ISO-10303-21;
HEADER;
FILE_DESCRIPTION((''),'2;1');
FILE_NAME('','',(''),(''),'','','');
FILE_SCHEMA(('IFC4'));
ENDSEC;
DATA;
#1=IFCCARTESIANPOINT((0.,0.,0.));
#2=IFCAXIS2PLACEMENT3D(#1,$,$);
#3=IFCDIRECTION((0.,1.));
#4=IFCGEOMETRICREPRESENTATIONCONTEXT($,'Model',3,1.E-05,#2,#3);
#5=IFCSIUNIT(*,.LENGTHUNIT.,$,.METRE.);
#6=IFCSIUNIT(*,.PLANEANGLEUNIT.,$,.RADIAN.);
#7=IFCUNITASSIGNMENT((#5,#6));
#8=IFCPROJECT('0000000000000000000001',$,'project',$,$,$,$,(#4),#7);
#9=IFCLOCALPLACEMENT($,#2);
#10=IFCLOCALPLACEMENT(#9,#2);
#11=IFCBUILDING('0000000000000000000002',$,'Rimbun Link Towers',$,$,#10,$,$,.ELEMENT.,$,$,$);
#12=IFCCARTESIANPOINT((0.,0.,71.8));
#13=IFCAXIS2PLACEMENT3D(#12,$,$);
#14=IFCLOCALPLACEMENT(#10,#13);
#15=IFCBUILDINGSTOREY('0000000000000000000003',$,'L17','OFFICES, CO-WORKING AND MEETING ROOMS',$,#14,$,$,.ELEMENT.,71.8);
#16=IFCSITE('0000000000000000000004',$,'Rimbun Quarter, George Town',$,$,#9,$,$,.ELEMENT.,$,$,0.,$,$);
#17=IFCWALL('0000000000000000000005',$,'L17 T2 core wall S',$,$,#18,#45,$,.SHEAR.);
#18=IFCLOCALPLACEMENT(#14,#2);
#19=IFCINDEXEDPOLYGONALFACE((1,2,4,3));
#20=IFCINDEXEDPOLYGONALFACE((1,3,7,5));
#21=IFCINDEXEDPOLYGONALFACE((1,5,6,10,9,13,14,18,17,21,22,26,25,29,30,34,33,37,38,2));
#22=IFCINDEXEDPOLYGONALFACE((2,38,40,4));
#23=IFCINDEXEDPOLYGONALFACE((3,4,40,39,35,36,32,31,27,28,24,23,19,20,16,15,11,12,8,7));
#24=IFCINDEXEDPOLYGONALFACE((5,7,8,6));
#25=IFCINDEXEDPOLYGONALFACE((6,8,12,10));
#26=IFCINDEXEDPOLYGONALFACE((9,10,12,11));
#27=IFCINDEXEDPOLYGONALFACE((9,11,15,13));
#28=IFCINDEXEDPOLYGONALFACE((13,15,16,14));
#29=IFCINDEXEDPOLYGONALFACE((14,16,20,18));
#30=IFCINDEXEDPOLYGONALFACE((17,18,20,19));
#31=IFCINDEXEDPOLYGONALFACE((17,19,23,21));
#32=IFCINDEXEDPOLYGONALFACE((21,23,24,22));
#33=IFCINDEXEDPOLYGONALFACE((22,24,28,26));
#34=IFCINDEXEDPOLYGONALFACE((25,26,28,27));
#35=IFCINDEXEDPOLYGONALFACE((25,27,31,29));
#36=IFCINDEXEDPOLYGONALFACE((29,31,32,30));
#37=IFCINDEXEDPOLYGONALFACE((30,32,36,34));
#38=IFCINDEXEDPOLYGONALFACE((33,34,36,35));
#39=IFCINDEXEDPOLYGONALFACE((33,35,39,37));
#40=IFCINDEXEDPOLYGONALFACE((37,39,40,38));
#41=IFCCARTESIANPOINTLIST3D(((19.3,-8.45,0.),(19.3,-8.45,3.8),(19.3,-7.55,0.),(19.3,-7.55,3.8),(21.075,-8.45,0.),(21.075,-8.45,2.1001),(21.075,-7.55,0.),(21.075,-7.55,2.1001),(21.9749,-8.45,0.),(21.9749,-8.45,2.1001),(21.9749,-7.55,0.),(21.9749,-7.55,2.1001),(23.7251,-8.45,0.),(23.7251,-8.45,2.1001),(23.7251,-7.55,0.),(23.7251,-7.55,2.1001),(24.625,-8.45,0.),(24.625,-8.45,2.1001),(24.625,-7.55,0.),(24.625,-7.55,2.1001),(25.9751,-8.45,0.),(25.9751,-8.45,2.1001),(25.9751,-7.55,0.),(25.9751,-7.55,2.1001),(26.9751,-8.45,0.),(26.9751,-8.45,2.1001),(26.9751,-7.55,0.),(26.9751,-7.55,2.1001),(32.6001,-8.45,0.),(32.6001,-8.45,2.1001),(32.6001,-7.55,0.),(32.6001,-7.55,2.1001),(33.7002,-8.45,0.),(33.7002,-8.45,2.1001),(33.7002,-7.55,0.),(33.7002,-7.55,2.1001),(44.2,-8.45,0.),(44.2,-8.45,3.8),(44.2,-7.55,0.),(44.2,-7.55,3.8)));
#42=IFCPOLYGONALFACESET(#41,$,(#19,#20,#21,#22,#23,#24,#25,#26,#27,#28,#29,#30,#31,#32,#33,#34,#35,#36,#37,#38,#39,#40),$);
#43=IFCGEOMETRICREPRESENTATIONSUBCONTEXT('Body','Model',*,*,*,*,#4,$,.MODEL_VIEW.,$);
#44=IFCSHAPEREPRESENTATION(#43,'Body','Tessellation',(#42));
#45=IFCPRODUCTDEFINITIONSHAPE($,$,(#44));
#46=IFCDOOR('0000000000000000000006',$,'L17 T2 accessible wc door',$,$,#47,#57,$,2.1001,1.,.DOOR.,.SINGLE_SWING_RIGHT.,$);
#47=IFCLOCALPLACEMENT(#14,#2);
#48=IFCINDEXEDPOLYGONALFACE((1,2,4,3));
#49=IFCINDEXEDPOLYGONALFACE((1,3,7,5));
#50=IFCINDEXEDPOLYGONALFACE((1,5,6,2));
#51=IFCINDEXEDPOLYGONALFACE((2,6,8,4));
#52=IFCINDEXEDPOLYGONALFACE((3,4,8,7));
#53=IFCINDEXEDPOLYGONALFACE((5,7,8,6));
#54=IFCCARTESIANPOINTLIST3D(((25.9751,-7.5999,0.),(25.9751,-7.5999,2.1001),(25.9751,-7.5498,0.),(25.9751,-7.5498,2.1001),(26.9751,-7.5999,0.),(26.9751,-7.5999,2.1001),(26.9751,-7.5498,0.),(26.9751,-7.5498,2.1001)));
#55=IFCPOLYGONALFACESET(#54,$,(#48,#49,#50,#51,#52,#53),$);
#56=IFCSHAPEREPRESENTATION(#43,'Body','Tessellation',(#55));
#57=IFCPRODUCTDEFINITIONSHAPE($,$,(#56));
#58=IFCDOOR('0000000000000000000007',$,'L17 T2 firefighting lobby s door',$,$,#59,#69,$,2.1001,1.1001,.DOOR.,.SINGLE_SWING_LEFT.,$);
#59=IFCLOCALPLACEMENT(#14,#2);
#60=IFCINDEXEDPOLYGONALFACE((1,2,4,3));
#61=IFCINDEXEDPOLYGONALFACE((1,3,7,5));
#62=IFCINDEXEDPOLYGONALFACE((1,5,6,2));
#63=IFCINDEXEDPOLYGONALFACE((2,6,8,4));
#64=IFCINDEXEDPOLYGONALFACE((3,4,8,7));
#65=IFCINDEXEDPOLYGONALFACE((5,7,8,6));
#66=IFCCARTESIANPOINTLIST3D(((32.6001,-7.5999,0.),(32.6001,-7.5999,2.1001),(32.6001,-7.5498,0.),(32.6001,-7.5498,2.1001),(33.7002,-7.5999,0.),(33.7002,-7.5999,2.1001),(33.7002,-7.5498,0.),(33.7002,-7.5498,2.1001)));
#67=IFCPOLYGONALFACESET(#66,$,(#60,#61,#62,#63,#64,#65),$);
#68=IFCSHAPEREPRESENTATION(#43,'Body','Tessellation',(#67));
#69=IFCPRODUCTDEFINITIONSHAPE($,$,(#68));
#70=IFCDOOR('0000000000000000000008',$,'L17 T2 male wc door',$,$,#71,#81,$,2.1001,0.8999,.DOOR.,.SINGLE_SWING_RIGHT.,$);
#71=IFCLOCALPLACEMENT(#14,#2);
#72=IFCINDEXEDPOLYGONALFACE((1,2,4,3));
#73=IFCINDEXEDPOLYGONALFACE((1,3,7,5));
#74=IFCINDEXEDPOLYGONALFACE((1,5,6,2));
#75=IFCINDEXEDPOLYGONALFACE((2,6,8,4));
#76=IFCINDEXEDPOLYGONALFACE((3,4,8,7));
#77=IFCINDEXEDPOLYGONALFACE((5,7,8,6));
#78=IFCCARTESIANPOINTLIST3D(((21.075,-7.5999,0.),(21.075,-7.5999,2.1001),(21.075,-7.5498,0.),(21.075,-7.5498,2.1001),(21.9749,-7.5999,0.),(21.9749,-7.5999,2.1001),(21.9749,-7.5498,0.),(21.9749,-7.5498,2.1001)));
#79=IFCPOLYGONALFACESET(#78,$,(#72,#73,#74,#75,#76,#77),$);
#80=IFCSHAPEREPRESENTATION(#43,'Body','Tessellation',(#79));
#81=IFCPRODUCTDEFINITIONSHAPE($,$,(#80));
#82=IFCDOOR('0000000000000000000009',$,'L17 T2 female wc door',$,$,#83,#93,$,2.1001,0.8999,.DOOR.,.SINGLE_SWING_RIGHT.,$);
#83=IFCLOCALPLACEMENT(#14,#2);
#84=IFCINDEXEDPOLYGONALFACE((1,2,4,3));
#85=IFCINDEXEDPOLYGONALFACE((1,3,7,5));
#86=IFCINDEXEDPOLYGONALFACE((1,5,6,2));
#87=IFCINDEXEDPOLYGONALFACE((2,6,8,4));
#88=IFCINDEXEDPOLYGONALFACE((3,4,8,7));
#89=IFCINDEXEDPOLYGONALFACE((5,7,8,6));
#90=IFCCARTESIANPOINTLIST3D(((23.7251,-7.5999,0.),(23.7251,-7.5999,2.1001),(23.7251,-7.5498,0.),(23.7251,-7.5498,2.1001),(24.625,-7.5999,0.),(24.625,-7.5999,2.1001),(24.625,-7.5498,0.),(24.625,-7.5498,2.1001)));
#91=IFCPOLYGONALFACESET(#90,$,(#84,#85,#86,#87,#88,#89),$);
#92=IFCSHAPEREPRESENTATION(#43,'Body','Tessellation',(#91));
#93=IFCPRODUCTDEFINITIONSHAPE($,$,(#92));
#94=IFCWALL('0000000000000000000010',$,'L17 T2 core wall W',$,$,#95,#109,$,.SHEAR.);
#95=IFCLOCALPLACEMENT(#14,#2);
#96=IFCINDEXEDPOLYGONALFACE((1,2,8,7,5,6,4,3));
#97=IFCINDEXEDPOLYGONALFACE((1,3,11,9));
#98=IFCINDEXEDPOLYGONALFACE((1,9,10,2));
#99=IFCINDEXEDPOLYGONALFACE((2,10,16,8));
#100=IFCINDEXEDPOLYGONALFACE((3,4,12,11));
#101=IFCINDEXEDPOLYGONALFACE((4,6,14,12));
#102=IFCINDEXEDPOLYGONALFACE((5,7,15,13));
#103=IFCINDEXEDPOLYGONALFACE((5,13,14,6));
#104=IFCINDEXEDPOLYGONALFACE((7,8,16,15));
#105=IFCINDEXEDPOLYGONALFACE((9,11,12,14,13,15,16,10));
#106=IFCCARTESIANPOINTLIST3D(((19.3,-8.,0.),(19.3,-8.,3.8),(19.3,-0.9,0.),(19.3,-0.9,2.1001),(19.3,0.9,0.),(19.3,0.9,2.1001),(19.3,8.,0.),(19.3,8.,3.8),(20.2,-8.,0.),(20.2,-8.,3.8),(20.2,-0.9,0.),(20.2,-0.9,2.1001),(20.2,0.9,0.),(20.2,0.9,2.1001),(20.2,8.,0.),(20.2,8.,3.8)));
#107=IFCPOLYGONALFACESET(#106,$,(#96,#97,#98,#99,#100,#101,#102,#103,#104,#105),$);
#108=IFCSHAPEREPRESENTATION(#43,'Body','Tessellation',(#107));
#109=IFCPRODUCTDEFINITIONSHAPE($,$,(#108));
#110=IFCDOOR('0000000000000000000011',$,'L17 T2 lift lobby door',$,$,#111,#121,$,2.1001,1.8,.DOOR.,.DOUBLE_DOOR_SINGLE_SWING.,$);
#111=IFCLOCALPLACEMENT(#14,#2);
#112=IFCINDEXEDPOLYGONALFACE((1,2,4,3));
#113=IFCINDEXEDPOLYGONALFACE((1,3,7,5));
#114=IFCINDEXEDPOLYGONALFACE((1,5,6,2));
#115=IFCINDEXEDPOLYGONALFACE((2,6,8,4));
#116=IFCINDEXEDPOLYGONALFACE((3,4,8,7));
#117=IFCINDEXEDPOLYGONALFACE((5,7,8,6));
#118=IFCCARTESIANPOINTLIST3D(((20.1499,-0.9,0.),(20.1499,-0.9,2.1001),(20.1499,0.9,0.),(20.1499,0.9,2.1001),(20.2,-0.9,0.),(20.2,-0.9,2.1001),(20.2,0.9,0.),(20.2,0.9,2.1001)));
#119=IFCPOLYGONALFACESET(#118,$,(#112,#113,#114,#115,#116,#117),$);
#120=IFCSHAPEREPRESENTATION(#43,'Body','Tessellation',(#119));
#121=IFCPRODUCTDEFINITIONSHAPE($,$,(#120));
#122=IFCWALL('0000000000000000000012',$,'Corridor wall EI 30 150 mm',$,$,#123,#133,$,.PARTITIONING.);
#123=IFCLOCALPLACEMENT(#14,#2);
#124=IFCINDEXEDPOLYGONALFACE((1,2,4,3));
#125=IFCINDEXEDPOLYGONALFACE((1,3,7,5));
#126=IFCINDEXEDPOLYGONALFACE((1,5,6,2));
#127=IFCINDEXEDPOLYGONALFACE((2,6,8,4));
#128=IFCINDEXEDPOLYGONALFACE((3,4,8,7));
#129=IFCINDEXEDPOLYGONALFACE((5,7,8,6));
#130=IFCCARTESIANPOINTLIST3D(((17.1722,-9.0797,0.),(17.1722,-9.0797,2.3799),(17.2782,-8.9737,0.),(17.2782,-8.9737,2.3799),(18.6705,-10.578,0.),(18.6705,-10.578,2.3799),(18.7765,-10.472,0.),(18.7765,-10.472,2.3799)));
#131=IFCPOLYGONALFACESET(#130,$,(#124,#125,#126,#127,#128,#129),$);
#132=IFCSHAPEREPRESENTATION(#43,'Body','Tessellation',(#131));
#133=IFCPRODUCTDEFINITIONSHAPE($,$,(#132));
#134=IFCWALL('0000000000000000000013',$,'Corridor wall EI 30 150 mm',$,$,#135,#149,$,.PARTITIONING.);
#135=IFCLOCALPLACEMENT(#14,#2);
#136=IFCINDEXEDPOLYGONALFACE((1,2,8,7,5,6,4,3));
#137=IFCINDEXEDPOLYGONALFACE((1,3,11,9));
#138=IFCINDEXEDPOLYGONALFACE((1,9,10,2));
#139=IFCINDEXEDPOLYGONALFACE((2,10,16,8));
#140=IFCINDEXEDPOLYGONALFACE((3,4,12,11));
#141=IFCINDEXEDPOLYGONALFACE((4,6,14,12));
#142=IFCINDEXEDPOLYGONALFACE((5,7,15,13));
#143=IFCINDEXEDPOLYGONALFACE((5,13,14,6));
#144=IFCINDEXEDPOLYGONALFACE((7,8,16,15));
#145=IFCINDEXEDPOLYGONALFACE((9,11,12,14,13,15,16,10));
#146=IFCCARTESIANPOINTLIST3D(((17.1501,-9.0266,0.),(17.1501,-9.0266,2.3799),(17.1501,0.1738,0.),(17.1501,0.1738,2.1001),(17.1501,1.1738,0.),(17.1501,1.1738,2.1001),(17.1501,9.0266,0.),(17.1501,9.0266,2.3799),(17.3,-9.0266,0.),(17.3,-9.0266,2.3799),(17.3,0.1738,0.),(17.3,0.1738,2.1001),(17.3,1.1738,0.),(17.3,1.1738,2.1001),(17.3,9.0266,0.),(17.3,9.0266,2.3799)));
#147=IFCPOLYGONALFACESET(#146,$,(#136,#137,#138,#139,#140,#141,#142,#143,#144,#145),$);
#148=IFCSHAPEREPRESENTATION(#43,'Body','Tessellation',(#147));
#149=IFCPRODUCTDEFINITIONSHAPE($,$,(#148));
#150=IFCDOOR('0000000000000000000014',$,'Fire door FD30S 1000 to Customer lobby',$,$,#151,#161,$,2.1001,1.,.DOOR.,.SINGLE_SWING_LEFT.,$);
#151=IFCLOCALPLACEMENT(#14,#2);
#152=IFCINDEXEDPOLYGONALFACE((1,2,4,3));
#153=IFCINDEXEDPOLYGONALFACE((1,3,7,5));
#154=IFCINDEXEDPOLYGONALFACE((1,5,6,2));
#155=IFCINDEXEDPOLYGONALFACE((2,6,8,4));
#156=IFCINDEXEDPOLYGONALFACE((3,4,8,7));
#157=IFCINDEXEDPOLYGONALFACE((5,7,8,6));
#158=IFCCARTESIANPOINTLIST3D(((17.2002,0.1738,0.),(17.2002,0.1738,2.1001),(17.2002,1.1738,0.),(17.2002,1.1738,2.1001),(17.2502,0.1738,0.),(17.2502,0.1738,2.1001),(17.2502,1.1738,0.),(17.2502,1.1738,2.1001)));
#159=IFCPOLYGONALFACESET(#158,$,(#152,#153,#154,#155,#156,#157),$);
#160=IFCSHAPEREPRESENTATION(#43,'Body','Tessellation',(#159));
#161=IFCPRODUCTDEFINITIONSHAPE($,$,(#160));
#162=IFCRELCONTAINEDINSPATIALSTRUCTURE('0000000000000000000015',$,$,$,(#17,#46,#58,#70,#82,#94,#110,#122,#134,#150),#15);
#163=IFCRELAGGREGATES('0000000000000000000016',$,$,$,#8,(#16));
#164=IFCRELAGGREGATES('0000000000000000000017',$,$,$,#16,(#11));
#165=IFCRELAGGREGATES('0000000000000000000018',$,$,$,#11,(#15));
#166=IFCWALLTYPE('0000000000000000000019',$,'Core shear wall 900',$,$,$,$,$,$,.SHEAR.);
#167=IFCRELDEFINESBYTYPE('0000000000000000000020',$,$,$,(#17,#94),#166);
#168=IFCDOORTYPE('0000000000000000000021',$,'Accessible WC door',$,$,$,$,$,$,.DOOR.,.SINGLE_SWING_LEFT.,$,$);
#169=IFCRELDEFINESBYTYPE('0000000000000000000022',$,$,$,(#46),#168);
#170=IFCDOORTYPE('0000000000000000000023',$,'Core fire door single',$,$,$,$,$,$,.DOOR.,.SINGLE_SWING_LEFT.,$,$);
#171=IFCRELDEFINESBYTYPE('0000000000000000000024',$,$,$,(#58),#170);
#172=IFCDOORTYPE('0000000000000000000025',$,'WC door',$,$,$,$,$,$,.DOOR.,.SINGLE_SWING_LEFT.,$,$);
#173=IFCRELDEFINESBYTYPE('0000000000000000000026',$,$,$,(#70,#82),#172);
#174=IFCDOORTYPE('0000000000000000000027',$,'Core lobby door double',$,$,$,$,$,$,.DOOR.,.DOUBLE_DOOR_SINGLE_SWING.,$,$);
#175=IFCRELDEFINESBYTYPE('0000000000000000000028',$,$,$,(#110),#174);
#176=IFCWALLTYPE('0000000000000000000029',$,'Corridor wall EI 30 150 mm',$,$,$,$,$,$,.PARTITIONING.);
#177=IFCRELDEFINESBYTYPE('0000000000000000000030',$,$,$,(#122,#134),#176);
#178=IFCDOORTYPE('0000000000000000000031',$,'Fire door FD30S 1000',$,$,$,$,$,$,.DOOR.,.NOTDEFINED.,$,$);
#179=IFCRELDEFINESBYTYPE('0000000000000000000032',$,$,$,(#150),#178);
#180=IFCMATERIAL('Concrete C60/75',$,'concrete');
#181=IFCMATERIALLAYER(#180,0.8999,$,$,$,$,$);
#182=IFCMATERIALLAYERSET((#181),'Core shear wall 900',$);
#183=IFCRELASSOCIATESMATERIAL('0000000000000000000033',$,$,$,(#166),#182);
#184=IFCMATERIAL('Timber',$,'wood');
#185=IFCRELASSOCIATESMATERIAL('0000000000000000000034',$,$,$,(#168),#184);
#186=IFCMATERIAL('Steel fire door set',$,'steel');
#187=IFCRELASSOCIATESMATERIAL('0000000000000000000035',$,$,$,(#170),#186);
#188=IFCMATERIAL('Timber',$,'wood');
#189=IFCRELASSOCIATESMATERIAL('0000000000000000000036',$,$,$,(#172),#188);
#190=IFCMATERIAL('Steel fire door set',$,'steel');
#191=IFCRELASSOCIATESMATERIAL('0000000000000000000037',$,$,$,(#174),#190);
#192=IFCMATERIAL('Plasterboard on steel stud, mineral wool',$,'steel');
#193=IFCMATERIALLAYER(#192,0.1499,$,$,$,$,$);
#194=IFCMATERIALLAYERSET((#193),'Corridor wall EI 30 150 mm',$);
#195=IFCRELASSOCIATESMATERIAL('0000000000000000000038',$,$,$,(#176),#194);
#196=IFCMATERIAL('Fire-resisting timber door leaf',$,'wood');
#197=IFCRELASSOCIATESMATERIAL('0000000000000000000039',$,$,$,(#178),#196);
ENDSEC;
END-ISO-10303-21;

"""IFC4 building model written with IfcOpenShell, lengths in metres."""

from ifc_helpers import new_model, si_unit, direction, frame, frame_2d, origin, place, context, subcontext, project, spatial, rectangle, extrude, material, layer, layer_set, type_object, element, fill, save


model = new_model("IFC4")

# Units and contexts
model_context = context("Model", 3, precision=1e-05, world=origin(), true_north=direction((0.0, 1.0)))
body_context = subcontext(model_context, "Body", "Model", "MODEL_VIEW")
ifc_project = project(units=[si_unit("LENGTHUNIT", "METRE"), si_unit("PLANEANGLEUNIT", "RADIAN")], contexts=[model_context])

# Site, building, storey
site_placement = place(None, origin())
site = spatial("IfcSite", under=ifc_project, at=site_placement, Name="Rimbun Quarter, George Town", CompositionType="ELEMENT", RefElevation=0.0)
building_placement = place(site_placement, origin())
building = spatial("IfcBuilding", under=site, at=building_placement, Name="Rimbun Link Towers", CompositionType="ELEMENT")
storey_placement = place(building_placement, frame((0.0, 0.0, 71.8)))
storey = spatial("IfcBuildingStorey", under=building, at=storey_placement, Name="L17", Description="OFFICES, CO-WORKING AND MEETING ROOMS", CompositionType="ELEMENT", Elevation=71.8)

# Wall, openings, doors
ifc_material_1 = material(Name="Concrete C60/75", Category="concrete")
ifc_layer_1 = layer(ifc_material_1, 0.8999)
ifc_layer_set_1 = layer_set([ifc_layer_1], Name="Core shear wall 900")
wall_type_1 = type_object("IfcWallType", Name="Core shear wall 900", PredefinedType="SHEAR", material=ifc_layer_set_1)
wall_1_placement = place(storey_placement, frame((19.3, -8.0, 0.0), z_axis=(0.0, 0.0, 1.0), x_axis=(1.0, 0.0, 0.0)))
wall_1 = element("IfcWall", 1, at=wall_1_placement, inside=storey, type_object=wall_type_1, Name="L17 T2 core wall S", PredefinedType="SHEAR", context=body_context, shape_type="SweptSolid", body=[
    extrude(rectangle(XDim=24.8999, YDim=0.8999, at=frame_2d((12.45, 0.0))), origin(), (0.0, 0.0, 1.0), 3.8),
])
opening_1_placement = place(wall_1_placement, frame((13.3, 0.0, 0.0)))
opening_1 = element("IfcOpeningElement", 2, at=opening_1_placement, cuts=wall_1, PredefinedType="OPENING", context=body_context, shape_type="SweptSolid", body=[
    extrude(rectangle(XDim=1.1001, YDim=2.1001, at=frame_2d((0.55, 1.05))), frame((0.0, 0.46, 0.0), z_axis=(0.0, -1.0, 0.0), x_axis=(1.0, 0.0, 0.0)), (0.0, 0.0, 1.0), 0.9199),
])
opening_2_placement = place(wall_1_placement, frame((1.7749, 0.0, 0.0)))
opening_2 = element("IfcOpeningElement", 3, at=opening_2_placement, cuts=wall_1, PredefinedType="OPENING", context=body_context, shape_type="SweptSolid", body=[
    extrude(rectangle(XDim=0.8999, YDim=2.1001, at=frame_2d((0.45, 1.05))), frame((0.0, 0.46, 0.0), z_axis=(0.0, -1.0, 0.0), x_axis=(1.0, 0.0, 0.0)), (0.0, 0.0, 1.0), 0.9199),
])
opening_3_placement = place(wall_1_placement, frame((4.425, 0.0, 0.0)))
opening_3 = element("IfcOpeningElement", 4, at=opening_3_placement, cuts=wall_1, PredefinedType="OPENING", context=body_context, shape_type="SweptSolid", body=[
    extrude(rectangle(XDim=0.8999, YDim=2.1001, at=frame_2d((0.45, 1.05))), frame((0.0, 0.46, 0.0), z_axis=(0.0, -1.0, 0.0), x_axis=(1.0, 0.0, 0.0)), (0.0, 0.0, 1.0), 0.9199),
])
opening_4_placement = place(wall_1_placement, frame((6.675, 0.0, 0.0)))
opening_4 = element("IfcOpeningElement", 5, at=opening_4_placement, cuts=wall_1, PredefinedType="OPENING", context=body_context, shape_type="SweptSolid", body=[
    extrude(rectangle(XDim=1.0, YDim=2.1001, at=frame_2d((0.5, 1.05))), frame((0.0, 0.46, 0.0), z_axis=(0.0, -1.0, 0.0), x_axis=(1.0, 0.0, 0.0)), (0.0, 0.0, 1.0), 0.9199),
])
ifc_material_2 = material(Name="Timber", Category="wood")
door_type_1 = type_object("IfcDoorType", Name="Accessible WC door", OperationType="SINGLE_SWING_LEFT", PredefinedType="DOOR", material=ifc_material_2)
door_1_placement = place(opening_4_placement, origin())
door_1 = element("IfcDoor", 6, at=door_1_placement, inside=storey, type_object=door_type_1, Name="L17 T2 accessible wc door", OperationType="SINGLE_SWING_RIGHT", OverallHeight=2.1001, OverallWidth=1.0, PredefinedType="DOOR", context=body_context, shape_type="SweptSolid", body=[
    extrude(rectangle(XDim=1.0, YDim=2.1001, at=frame_2d((0.5, 1.05))), frame((0.0, 0.4502, 0.0), z_axis=(0.0, -1.0, 0.0), x_axis=(1.0, 0.0, 0.0)), (0.0, 0.0, 1.0), 0.05),
])
fill(opening_4, door_1)
ifc_material_3 = material(Name="Steel fire door set", Category="steel")
door_type_2 = type_object("IfcDoorType", Name="Core fire door single", OperationType="SINGLE_SWING_LEFT", PredefinedType="DOOR", material=ifc_material_3)
door_2_placement = place(opening_1_placement, origin())
door_2 = element("IfcDoor", 7, at=door_2_placement, inside=storey, type_object=door_type_2, Name="L17 T2 firefighting lobby s door", OperationType="SINGLE_SWING_LEFT", OverallHeight=2.1001, OverallWidth=1.1001, PredefinedType="DOOR", context=body_context, shape_type="SweptSolid", body=[
    extrude(rectangle(XDim=1.1001, YDim=2.1001, at=frame_2d((0.55, 1.05))), frame((0.0, 0.4502, 0.0), z_axis=(0.0, -1.0, 0.0), x_axis=(1.0, 0.0, 0.0)), (0.0, 0.0, 1.0), 0.05),
])
fill(opening_1, door_2)
ifc_material_4 = material(Name="Timber", Category="wood")
door_type_3 = type_object("IfcDoorType", Name="WC door", OperationType="SINGLE_SWING_LEFT", PredefinedType="DOOR", material=ifc_material_4)
door_3_placement = place(opening_2_placement, origin())
door_3 = element("IfcDoor", 8, at=door_3_placement, inside=storey, type_object=door_type_3, Name="L17 T2 male wc door", OperationType="SINGLE_SWING_RIGHT", OverallHeight=2.1001, OverallWidth=0.8999, PredefinedType="DOOR", context=body_context, shape_type="SweptSolid", body=[
    extrude(rectangle(XDim=0.8999, YDim=2.1001, at=frame_2d((0.45, 1.05))), frame((0.0, 0.4502, 0.0), z_axis=(0.0, -1.0, 0.0), x_axis=(1.0, 0.0, 0.0)), (0.0, 0.0, 1.0), 0.05),
])
fill(opening_2, door_3)
door_4_placement = place(opening_3_placement, origin())
door_4 = element("IfcDoor", 9, at=door_4_placement, inside=storey, type_object=door_type_3, Name="L17 T2 female wc door", OperationType="SINGLE_SWING_RIGHT", OverallHeight=2.1001, OverallWidth=0.8999, PredefinedType="DOOR", context=body_context, shape_type="SweptSolid", body=[
    extrude(rectangle(XDim=0.8999, YDim=2.1001, at=frame_2d((0.45, 1.05))), frame((0.0, 0.4502, 0.0), z_axis=(0.0, -1.0, 0.0), x_axis=(1.0, 0.0, 0.0)), (0.0, 0.0, 1.0), 0.05),
])
fill(opening_3, door_4)

# Wall, opening, door
wall_2_placement = place(storey_placement, frame((19.75, -8.0, 0.0), z_axis=(0.0, 0.0, 1.0), x_axis=(0.0, 1.0, 0.0)))
wall_2 = element("IfcWall", 10, at=wall_2_placement, inside=storey, type_object=wall_type_1, Name="L17 T2 core wall W", PredefinedType="SHEAR", context=body_context, shape_type="SweptSolid", body=[
    extrude(rectangle(XDim=16.0, YDim=0.8999, at=frame_2d((8.0, 0.0))), origin(), (0.0, 0.0, 1.0), 3.8),
])
opening_5_placement = place(wall_2_placement, frame((7.1001, 0.0, 0.0)))
opening_5 = element("IfcOpeningElement", 11, at=opening_5_placement, cuts=wall_2, PredefinedType="OPENING", context=body_context, shape_type="SweptSolid", body=[
    extrude(rectangle(XDim=1.8, YDim=2.1001, at=frame_2d((0.8999, 1.05))), frame((0.0, 0.46, 0.0), z_axis=(0.0, -1.0, 0.0), x_axis=(1.0, 0.0, 0.0)), (0.0, 0.0, 1.0), 0.9199),
])
ifc_material_5 = material(Name="Steel fire door set", Category="steel")
door_type_4 = type_object("IfcDoorType", Name="Core lobby door double", OperationType="DOUBLE_DOOR_SINGLE_SWING", PredefinedType="DOOR", material=ifc_material_5)
door_5_placement = place(opening_5_placement, origin())
door_5 = element("IfcDoor", 12, at=door_5_placement, inside=storey, type_object=door_type_4, Name="L17 T2 lift lobby door", OperationType="DOUBLE_DOOR_SINGLE_SWING", OverallHeight=2.1001, OverallWidth=1.8, PredefinedType="DOOR", context=body_context, shape_type="SweptSolid", body=[
    extrude(rectangle(XDim=1.8, YDim=2.1001, at=frame_2d((0.8999, 1.05))), frame((0.0, -0.3999, 0.0), z_axis=(0.0, -1.0, 0.0), x_axis=(1.0, 0.0, 0.0)), (0.0, 0.0, 1.0), 0.05),
])
fill(opening_5, door_5)

# Wall
ifc_material_6 = material(Name="Plasterboard on steel stud, mineral wool", Category="steel")
ifc_layer_2 = layer(ifc_material_6, 0.1499)
ifc_layer_set_2 = layer_set([ifc_layer_2], Name="Corridor wall EI 30 150 mm")
wall_type_2 = type_object("IfcWallType", Name="Corridor wall EI 30 150 mm", PredefinedType="PARTITIONING", material=ifc_layer_set_2)
wall_3_placement = place(storey_placement, frame((17.2251, -9.0266, 0.0), z_axis=(0.0, 0.0, 1.0), x_axis=(0.707107, -0.707107, 0.0)))
element("IfcWall", 13, at=wall_3_placement, inside=storey, type_object=wall_type_2, Name="Corridor wall EI 30 150 mm", PredefinedType="PARTITIONING", context=body_context, shape_type="SweptSolid", body=[
    extrude(rectangle(XDim=2.1189, YDim=0.1499, at=frame_2d((1.0596, 0.0))), origin(), (0.0, 0.0, 1.0), 2.3799),
])

# Wall, opening, door
wall_4_placement = place(storey_placement, frame((17.2251, -9.0266, 0.0), z_axis=(0.0, 0.0, 1.0), x_axis=(0.0, 1.0, 0.0)))
wall_4 = element("IfcWall", 14, at=wall_4_placement, inside=storey, type_object=wall_type_2, Name="Corridor wall EI 30 150 mm", PredefinedType="PARTITIONING", context=body_context, shape_type="SweptSolid", body=[
    extrude(rectangle(XDim=18.0532, YDim=0.1499, at=frame_2d((9.0266, 0.0))), origin(), (0.0, 0.0, 1.0), 2.3799),
])
opening_6_placement = place(wall_4_placement, frame((9.2004, 0.0, 0.0)))
opening_6 = element("IfcOpeningElement", 15, at=opening_6_placement, cuts=wall_4, PredefinedType="OPENING", context=body_context, shape_type="SweptSolid", body=[
    extrude(rectangle(XDim=1.0, YDim=2.1001, at=frame_2d((0.5, 1.05))), frame((0.0, 0.085, 0.0), z_axis=(0.0, -1.0, 0.0), x_axis=(1.0, 0.0, 0.0)), (0.0, 0.0, 1.0), 0.1699),
])
ifc_material_7 = material(Name="Fire-resisting timber door leaf", Category="wood")
door_type_5 = type_object("IfcDoorType", Name="Fire door FD30S 1000", OperationType="NOTDEFINED", PredefinedType="DOOR", material=ifc_material_7)
door_6_placement = place(opening_6_placement, origin())
door_6 = element("IfcDoor", 16, at=door_6_placement, inside=storey, type_object=door_type_5, Name="Fire door FD30S 1000 to Customer lobby", OperationType="SINGLE_SWING_LEFT", OverallHeight=2.1001, OverallWidth=1.0, PredefinedType="DOOR", context=body_context, shape_type="SweptSolid", body=[
    extrude(rectangle(XDim=1.0, YDim=2.1001, at=frame_2d((0.5, 1.05))), frame((0.0, 0.0249, 0.0), z_axis=(0.0, -1.0, 0.0), x_axis=(1.0, 0.0, 0.0)), (0.0, 0.0, 1.0), 0.05),
])
fill(opening_6, door_6)

save(model, "model.ifc")
